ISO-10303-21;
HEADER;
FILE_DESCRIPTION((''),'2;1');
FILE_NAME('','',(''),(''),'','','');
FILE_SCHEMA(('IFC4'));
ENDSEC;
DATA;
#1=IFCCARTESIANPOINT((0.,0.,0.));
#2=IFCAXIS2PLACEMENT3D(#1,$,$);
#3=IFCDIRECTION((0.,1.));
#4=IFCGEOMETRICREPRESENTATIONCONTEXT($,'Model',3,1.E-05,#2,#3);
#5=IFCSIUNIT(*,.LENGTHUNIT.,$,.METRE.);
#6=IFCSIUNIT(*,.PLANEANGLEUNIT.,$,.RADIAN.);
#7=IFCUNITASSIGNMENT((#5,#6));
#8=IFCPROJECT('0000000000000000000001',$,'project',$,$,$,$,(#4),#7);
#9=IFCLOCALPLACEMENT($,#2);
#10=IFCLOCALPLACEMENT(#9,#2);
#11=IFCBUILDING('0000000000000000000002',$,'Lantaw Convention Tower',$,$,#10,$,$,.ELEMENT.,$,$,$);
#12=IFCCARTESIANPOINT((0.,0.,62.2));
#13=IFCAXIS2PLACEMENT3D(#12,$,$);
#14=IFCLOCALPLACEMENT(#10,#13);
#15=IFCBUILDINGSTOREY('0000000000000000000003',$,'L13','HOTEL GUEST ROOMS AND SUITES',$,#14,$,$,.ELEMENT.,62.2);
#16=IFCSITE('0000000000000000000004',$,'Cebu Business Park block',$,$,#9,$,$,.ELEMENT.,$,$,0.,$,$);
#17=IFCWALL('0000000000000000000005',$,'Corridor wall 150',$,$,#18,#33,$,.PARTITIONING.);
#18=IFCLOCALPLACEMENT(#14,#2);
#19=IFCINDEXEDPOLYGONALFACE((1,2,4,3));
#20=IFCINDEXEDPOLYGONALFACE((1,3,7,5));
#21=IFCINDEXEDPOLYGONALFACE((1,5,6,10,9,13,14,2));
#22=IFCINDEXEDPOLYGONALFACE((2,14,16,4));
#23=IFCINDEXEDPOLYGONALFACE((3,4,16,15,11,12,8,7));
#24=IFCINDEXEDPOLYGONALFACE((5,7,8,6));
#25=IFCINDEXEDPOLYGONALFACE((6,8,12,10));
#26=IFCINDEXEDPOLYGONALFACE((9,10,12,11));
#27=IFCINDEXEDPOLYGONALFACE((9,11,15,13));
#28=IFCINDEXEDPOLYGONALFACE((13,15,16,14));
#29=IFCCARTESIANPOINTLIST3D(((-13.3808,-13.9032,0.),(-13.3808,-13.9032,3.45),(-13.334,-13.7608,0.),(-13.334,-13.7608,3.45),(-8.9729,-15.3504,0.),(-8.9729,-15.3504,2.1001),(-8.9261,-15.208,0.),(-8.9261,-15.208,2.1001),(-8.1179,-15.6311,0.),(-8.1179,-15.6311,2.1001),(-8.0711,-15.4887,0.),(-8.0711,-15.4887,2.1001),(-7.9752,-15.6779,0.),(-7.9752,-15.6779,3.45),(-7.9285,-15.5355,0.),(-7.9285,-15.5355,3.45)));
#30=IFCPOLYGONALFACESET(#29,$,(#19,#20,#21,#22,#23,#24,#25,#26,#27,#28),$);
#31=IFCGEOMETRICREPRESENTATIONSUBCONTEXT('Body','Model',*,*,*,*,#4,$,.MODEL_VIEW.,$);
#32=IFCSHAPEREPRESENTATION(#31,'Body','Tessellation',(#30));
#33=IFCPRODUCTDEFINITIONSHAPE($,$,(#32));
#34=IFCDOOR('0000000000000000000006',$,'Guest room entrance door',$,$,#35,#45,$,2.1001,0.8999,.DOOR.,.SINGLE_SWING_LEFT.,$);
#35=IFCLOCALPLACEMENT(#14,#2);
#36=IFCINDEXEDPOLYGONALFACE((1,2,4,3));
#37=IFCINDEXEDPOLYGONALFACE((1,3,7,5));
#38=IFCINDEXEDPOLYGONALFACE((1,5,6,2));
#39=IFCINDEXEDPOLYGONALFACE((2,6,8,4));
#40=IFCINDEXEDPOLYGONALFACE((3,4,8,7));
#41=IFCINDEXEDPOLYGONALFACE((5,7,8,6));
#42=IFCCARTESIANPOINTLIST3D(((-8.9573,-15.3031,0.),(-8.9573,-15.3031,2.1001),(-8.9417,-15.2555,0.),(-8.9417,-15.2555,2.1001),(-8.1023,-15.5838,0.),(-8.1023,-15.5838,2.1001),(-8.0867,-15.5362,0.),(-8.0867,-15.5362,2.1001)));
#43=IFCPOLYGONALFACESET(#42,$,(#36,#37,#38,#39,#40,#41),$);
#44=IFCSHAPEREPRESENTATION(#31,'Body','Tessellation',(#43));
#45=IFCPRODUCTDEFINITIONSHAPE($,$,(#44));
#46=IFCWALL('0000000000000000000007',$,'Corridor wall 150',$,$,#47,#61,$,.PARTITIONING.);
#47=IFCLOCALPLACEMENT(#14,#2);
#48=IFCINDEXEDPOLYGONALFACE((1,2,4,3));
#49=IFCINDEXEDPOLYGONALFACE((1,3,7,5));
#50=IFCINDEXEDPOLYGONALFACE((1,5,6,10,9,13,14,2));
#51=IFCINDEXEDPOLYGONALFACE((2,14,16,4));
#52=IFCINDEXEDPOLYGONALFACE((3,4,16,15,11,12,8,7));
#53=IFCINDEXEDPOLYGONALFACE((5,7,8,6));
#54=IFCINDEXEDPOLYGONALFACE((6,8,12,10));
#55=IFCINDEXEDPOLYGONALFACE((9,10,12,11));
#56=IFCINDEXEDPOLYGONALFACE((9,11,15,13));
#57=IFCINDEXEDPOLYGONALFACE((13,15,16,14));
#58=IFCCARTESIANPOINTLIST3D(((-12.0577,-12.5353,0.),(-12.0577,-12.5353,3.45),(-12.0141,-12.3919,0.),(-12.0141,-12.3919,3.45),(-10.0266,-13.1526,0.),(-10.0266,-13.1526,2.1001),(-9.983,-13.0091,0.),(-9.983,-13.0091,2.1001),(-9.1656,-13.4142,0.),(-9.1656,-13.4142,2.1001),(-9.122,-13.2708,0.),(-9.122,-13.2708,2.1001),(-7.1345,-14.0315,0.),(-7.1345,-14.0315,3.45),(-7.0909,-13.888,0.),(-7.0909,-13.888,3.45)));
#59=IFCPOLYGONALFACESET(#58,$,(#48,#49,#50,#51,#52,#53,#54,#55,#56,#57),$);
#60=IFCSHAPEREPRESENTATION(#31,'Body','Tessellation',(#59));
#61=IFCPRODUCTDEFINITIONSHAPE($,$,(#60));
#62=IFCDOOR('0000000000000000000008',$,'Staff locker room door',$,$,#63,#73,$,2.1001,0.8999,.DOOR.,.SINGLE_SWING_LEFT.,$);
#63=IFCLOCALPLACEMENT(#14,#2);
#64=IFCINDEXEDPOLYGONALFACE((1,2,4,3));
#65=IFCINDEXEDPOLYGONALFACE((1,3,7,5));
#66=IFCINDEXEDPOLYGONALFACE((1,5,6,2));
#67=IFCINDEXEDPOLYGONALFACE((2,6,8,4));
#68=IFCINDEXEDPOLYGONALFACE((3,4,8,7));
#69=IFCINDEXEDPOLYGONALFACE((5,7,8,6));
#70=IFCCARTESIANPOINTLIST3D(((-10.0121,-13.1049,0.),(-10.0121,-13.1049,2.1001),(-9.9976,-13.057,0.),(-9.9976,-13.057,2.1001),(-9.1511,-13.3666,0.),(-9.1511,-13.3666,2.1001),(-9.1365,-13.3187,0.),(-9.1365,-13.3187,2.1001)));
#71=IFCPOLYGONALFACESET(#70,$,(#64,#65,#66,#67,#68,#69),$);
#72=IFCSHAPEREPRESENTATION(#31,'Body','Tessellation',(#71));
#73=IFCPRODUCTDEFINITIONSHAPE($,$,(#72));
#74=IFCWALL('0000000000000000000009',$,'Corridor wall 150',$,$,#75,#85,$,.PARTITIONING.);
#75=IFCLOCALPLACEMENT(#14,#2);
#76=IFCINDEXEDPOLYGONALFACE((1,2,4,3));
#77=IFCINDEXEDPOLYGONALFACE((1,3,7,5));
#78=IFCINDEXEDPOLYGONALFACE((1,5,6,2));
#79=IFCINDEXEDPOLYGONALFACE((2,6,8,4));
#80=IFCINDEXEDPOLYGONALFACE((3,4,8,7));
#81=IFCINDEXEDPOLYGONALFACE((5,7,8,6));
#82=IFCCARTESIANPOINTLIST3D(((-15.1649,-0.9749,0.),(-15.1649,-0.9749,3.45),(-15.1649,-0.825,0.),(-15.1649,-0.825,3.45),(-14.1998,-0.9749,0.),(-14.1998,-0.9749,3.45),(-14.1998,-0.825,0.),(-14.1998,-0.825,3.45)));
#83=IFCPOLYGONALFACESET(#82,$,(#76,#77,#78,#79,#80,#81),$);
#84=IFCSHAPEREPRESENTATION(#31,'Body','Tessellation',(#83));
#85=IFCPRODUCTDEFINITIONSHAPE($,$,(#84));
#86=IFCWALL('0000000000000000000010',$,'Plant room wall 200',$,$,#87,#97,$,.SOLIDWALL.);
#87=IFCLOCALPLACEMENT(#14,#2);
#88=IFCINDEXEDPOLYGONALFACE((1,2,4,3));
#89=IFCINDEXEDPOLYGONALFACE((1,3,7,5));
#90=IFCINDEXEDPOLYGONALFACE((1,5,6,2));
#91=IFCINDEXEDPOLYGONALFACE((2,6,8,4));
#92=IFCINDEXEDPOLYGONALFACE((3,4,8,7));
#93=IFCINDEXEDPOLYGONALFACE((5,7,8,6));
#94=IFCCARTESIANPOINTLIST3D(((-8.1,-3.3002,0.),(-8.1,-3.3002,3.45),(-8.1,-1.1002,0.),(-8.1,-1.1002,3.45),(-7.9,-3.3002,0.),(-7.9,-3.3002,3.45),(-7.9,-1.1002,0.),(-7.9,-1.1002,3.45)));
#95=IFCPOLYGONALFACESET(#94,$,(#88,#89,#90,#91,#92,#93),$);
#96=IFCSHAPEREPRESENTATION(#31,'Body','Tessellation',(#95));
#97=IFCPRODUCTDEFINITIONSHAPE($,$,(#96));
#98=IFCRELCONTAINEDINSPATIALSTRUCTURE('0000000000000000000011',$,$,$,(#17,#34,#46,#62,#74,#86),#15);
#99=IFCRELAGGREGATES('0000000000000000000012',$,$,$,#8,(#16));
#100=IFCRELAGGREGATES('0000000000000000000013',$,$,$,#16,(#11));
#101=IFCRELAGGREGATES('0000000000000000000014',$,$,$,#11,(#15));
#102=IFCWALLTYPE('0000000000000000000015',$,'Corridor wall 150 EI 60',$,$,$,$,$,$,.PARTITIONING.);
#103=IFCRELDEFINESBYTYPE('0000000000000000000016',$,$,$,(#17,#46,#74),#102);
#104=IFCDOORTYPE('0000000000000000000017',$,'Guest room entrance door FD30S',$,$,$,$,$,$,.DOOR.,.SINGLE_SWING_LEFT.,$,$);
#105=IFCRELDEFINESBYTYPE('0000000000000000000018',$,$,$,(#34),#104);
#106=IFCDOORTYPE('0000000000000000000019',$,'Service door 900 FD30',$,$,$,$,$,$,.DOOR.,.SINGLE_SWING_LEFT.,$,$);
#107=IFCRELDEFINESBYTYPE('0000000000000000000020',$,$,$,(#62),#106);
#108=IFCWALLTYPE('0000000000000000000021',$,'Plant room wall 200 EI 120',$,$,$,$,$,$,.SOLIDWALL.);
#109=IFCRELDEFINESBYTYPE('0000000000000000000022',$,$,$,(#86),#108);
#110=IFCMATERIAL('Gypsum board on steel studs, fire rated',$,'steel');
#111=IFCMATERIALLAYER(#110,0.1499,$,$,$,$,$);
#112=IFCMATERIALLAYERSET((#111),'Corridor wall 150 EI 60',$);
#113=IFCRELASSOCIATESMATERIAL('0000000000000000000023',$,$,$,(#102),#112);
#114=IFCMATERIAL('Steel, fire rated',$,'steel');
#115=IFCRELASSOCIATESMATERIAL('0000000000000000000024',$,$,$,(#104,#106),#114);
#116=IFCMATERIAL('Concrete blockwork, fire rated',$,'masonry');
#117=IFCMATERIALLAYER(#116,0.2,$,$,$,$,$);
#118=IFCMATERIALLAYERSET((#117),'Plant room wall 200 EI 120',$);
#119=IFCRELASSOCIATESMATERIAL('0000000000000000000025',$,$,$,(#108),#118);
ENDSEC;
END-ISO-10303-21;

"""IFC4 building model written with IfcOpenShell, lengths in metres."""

from ifc_helpers import new_model, si_unit, direction, frame, frame_2d, origin, place, context, subcontext, project, spatial, rectangle, extrude, material, layer, layer_set, type_object, element, fill, save


model = new_model("IFC4")

# Units and contexts
model_context = context("Model", 3, precision=1e-05, world=origin(), true_north=direction((0.0, 1.0)))
body_context = subcontext(model_context, "Body", "Model", "MODEL_VIEW")
ifc_project = project(units=[si_unit("LENGTHUNIT", "METRE"), si_unit("PLANEANGLEUNIT", "RADIAN")], contexts=[model_context])

# Site, building, storey
site_placement = place(None, origin())
site = spatial("IfcSite", under=ifc_project, at=site_placement, Name="Cebu Business Park block", CompositionType="ELEMENT", RefElevation=0.0)
building_placement = place(site_placement, origin())
building = spatial("IfcBuilding", under=site, at=building_placement, Name="Lantaw Convention Tower", CompositionType="ELEMENT")
storey_placement = place(building_placement, frame((0.0, 0.0, 62.2)))
storey = spatial("IfcBuildingStorey", under=building, at=storey_placement, Name="L13", Description="HOTEL GUEST ROOMS AND SUITES", CompositionType="ELEMENT", Elevation=62.2)

# Walls, openings, doors
ifc_material_1 = material(Name="Gypsum board on steel studs, fire rated", Category="steel")
ifc_layer_1 = layer(ifc_material_1, 0.1499)
ifc_layer_set_1 = layer_set([ifc_layer_1], Name="Corridor wall 150 EI 60")
wall_type_1 = type_object("IfcWallType", Name="Corridor wall 150 EI 60", PredefinedType="PARTITIONING", material=ifc_layer_set_1)
wall_1_placement = place(storey_placement, frame((-13.3574, -13.832, 0.0), z_axis=(0.0, 0.0, 1.0), x_axis=(0.950107, -0.311925, 0.0)))
wall_1 = element("IfcWall", 1, at=wall_1_placement, inside=storey, type_object=wall_type_1, Name="Corridor wall 150", PredefinedType="PARTITIONING", context=body_context, shape_type="SweptSolid", body=[
    extrude(rectangle(XDim=5.6895, YDim=0.1499, at=frame_2d((2.8447, 0.0))), origin(), (0.0, 0.0, 1.0), 3.45),
])
opening_1_placement = place(wall_1_placement, frame((4.6394, 0.0, 0.0)))
opening_1 = element("IfcOpeningElement", 2, at=opening_1_placement, cuts=wall_1, PredefinedType="OPENING", context=body_context, shape_type="SweptSolid", body=[
    extrude(rectangle(XDim=0.8999, YDim=2.1001, at=frame_2d((0.45, 1.05))), frame((0.0, 0.085, 0.0), z_axis=(0.0, -1.0, 0.0), x_axis=(1.0, 0.0, 0.0)), (0.0, 0.0, 1.0), 0.1699),
])
ifc_material_2 = material(Name="Steel, fire rated", Category="steel")
door_type_1 = type_object("IfcDoorType", Name="Guest room entrance door FD30S", OperationType="SINGLE_SWING_LEFT", PredefinedType="DOOR", material=ifc_material_2)
door_1_placement = place(opening_1_placement, origin())
door_1 = element("IfcDoor", 3, at=door_1_placement, inside=storey, type_object=door_type_1, Name="Guest room entrance door", OperationType="SINGLE_SWING_LEFT", OverallHeight=2.1001, OverallWidth=0.8999, PredefinedType="DOOR", context=body_context, shape_type="SweptSolid", body=[
    extrude(rectangle(XDim=0.8999, YDim=2.1001, at=frame_2d((0.45, 1.05))), frame((0.0, 0.0249, 0.0), z_axis=(0.0, -1.0, 0.0), x_axis=(1.0, 0.0, 0.0)), (0.0, 0.0, 1.0), 0.05),
])
fill(opening_1, door_1)
wall_2_placement = place(storey_placement, frame((-12.0359, -12.4636, 0.0), z_axis=(0.0, 0.0, 1.0), x_axis=(0.956795, -0.290763, 0.0)))
wall_2 = element("IfcWall", 4, at=wall_2_placement, inside=storey, type_object=wall_type_1, Name="Corridor wall 150", PredefinedType="PARTITIONING", context=body_context, shape_type="SweptSolid", body=[
    extrude(rectangle(XDim=5.1455, YDim=0.1499, at=frame_2d((2.5728, 0.0))), origin(), (0.0, 0.0, 1.0), 3.45),
])
opening_2_placement = place(wall_2_placement, frame((2.1228, 0.0, 0.0)))
opening_2 = element("IfcOpeningElement", 5, at=opening_2_placement, cuts=wall_2, PredefinedType="OPENING", context=body_context, shape_type="SweptSolid", body=[
    extrude(rectangle(XDim=0.8999, YDim=2.1001, at=frame_2d((0.45, 1.05))), frame((0.0, 0.085, 0.0), z_axis=(0.0, -1.0, 0.0), x_axis=(1.0, 0.0, 0.0)), (0.0, 0.0, 1.0), 0.1699),
])
door_type_2 = type_object("IfcDoorType", Name="Service door 900 FD30", OperationType="SINGLE_SWING_LEFT", PredefinedType="DOOR", material=ifc_material_2)
door_2_placement = place(opening_2_placement, origin())
door_2 = element("IfcDoor", 6, at=door_2_placement, inside=storey, type_object=door_type_2, Name="Staff locker room door", OperationType="SINGLE_SWING_LEFT", OverallHeight=2.1001, OverallWidth=0.8999, PredefinedType="DOOR", context=body_context, shape_type="SweptSolid", body=[
    extrude(rectangle(XDim=0.8999, YDim=2.1001, at=frame_2d((0.45, 1.05))), frame((0.0, 0.0249, 0.0), z_axis=(0.0, -1.0, 0.0), x_axis=(1.0, 0.0, 0.0)), (0.0, 0.0, 1.0), 0.05),
])
fill(opening_2, door_2)

# Walls
wall_3_placement = place(storey_placement, frame((-14.2, -0.8999, 0.0), z_axis=(0.0, 0.0, 1.0), x_axis=(-1.0, 0.0, 0.0)))
element("IfcWall", 7, at=wall_3_placement, inside=storey, type_object=wall_type_1, Name="Corridor wall 150", PredefinedType="PARTITIONING", context=body_context, shape_type="SweptSolid", body=[
    extrude(rectangle(XDim=0.9651, YDim=0.1499, at=frame_2d((0.4824, 0.0))), origin(), (0.0, 0.0, 1.0), 3.45),
])
ifc_material_3 = material(Name="Concrete blockwork, fire rated", Category="masonry")
ifc_layer_2 = layer(ifc_material_3, 0.2)
ifc_layer_set_2 = layer_set([ifc_layer_2], Name="Plant room wall 200 EI 120")
wall_type_2 = type_object("IfcWallType", Name="Plant room wall 200 EI 120", PredefinedType="SOLIDWALL", material=ifc_layer_set_2)
wall_4_placement = place(storey_placement, frame((-8.0, -1.1001, 0.0), z_axis=(0.0, 0.0, 1.0), x_axis=(0.0, -1.0, 0.0)))
element("IfcWall", 8, at=wall_4_placement, inside=storey, type_object=wall_type_2, Name="Plant room wall 200", PredefinedType="SOLIDWALL", context=body_context, shape_type="SweptSolid", body=[
    extrude(rectangle(XDim=2.2, YDim=0.2, at=frame_2d((1.1001, 0.0))), origin(), (0.0, 0.0, 1.0), 3.45),
])

save(model, "model.ifc")
